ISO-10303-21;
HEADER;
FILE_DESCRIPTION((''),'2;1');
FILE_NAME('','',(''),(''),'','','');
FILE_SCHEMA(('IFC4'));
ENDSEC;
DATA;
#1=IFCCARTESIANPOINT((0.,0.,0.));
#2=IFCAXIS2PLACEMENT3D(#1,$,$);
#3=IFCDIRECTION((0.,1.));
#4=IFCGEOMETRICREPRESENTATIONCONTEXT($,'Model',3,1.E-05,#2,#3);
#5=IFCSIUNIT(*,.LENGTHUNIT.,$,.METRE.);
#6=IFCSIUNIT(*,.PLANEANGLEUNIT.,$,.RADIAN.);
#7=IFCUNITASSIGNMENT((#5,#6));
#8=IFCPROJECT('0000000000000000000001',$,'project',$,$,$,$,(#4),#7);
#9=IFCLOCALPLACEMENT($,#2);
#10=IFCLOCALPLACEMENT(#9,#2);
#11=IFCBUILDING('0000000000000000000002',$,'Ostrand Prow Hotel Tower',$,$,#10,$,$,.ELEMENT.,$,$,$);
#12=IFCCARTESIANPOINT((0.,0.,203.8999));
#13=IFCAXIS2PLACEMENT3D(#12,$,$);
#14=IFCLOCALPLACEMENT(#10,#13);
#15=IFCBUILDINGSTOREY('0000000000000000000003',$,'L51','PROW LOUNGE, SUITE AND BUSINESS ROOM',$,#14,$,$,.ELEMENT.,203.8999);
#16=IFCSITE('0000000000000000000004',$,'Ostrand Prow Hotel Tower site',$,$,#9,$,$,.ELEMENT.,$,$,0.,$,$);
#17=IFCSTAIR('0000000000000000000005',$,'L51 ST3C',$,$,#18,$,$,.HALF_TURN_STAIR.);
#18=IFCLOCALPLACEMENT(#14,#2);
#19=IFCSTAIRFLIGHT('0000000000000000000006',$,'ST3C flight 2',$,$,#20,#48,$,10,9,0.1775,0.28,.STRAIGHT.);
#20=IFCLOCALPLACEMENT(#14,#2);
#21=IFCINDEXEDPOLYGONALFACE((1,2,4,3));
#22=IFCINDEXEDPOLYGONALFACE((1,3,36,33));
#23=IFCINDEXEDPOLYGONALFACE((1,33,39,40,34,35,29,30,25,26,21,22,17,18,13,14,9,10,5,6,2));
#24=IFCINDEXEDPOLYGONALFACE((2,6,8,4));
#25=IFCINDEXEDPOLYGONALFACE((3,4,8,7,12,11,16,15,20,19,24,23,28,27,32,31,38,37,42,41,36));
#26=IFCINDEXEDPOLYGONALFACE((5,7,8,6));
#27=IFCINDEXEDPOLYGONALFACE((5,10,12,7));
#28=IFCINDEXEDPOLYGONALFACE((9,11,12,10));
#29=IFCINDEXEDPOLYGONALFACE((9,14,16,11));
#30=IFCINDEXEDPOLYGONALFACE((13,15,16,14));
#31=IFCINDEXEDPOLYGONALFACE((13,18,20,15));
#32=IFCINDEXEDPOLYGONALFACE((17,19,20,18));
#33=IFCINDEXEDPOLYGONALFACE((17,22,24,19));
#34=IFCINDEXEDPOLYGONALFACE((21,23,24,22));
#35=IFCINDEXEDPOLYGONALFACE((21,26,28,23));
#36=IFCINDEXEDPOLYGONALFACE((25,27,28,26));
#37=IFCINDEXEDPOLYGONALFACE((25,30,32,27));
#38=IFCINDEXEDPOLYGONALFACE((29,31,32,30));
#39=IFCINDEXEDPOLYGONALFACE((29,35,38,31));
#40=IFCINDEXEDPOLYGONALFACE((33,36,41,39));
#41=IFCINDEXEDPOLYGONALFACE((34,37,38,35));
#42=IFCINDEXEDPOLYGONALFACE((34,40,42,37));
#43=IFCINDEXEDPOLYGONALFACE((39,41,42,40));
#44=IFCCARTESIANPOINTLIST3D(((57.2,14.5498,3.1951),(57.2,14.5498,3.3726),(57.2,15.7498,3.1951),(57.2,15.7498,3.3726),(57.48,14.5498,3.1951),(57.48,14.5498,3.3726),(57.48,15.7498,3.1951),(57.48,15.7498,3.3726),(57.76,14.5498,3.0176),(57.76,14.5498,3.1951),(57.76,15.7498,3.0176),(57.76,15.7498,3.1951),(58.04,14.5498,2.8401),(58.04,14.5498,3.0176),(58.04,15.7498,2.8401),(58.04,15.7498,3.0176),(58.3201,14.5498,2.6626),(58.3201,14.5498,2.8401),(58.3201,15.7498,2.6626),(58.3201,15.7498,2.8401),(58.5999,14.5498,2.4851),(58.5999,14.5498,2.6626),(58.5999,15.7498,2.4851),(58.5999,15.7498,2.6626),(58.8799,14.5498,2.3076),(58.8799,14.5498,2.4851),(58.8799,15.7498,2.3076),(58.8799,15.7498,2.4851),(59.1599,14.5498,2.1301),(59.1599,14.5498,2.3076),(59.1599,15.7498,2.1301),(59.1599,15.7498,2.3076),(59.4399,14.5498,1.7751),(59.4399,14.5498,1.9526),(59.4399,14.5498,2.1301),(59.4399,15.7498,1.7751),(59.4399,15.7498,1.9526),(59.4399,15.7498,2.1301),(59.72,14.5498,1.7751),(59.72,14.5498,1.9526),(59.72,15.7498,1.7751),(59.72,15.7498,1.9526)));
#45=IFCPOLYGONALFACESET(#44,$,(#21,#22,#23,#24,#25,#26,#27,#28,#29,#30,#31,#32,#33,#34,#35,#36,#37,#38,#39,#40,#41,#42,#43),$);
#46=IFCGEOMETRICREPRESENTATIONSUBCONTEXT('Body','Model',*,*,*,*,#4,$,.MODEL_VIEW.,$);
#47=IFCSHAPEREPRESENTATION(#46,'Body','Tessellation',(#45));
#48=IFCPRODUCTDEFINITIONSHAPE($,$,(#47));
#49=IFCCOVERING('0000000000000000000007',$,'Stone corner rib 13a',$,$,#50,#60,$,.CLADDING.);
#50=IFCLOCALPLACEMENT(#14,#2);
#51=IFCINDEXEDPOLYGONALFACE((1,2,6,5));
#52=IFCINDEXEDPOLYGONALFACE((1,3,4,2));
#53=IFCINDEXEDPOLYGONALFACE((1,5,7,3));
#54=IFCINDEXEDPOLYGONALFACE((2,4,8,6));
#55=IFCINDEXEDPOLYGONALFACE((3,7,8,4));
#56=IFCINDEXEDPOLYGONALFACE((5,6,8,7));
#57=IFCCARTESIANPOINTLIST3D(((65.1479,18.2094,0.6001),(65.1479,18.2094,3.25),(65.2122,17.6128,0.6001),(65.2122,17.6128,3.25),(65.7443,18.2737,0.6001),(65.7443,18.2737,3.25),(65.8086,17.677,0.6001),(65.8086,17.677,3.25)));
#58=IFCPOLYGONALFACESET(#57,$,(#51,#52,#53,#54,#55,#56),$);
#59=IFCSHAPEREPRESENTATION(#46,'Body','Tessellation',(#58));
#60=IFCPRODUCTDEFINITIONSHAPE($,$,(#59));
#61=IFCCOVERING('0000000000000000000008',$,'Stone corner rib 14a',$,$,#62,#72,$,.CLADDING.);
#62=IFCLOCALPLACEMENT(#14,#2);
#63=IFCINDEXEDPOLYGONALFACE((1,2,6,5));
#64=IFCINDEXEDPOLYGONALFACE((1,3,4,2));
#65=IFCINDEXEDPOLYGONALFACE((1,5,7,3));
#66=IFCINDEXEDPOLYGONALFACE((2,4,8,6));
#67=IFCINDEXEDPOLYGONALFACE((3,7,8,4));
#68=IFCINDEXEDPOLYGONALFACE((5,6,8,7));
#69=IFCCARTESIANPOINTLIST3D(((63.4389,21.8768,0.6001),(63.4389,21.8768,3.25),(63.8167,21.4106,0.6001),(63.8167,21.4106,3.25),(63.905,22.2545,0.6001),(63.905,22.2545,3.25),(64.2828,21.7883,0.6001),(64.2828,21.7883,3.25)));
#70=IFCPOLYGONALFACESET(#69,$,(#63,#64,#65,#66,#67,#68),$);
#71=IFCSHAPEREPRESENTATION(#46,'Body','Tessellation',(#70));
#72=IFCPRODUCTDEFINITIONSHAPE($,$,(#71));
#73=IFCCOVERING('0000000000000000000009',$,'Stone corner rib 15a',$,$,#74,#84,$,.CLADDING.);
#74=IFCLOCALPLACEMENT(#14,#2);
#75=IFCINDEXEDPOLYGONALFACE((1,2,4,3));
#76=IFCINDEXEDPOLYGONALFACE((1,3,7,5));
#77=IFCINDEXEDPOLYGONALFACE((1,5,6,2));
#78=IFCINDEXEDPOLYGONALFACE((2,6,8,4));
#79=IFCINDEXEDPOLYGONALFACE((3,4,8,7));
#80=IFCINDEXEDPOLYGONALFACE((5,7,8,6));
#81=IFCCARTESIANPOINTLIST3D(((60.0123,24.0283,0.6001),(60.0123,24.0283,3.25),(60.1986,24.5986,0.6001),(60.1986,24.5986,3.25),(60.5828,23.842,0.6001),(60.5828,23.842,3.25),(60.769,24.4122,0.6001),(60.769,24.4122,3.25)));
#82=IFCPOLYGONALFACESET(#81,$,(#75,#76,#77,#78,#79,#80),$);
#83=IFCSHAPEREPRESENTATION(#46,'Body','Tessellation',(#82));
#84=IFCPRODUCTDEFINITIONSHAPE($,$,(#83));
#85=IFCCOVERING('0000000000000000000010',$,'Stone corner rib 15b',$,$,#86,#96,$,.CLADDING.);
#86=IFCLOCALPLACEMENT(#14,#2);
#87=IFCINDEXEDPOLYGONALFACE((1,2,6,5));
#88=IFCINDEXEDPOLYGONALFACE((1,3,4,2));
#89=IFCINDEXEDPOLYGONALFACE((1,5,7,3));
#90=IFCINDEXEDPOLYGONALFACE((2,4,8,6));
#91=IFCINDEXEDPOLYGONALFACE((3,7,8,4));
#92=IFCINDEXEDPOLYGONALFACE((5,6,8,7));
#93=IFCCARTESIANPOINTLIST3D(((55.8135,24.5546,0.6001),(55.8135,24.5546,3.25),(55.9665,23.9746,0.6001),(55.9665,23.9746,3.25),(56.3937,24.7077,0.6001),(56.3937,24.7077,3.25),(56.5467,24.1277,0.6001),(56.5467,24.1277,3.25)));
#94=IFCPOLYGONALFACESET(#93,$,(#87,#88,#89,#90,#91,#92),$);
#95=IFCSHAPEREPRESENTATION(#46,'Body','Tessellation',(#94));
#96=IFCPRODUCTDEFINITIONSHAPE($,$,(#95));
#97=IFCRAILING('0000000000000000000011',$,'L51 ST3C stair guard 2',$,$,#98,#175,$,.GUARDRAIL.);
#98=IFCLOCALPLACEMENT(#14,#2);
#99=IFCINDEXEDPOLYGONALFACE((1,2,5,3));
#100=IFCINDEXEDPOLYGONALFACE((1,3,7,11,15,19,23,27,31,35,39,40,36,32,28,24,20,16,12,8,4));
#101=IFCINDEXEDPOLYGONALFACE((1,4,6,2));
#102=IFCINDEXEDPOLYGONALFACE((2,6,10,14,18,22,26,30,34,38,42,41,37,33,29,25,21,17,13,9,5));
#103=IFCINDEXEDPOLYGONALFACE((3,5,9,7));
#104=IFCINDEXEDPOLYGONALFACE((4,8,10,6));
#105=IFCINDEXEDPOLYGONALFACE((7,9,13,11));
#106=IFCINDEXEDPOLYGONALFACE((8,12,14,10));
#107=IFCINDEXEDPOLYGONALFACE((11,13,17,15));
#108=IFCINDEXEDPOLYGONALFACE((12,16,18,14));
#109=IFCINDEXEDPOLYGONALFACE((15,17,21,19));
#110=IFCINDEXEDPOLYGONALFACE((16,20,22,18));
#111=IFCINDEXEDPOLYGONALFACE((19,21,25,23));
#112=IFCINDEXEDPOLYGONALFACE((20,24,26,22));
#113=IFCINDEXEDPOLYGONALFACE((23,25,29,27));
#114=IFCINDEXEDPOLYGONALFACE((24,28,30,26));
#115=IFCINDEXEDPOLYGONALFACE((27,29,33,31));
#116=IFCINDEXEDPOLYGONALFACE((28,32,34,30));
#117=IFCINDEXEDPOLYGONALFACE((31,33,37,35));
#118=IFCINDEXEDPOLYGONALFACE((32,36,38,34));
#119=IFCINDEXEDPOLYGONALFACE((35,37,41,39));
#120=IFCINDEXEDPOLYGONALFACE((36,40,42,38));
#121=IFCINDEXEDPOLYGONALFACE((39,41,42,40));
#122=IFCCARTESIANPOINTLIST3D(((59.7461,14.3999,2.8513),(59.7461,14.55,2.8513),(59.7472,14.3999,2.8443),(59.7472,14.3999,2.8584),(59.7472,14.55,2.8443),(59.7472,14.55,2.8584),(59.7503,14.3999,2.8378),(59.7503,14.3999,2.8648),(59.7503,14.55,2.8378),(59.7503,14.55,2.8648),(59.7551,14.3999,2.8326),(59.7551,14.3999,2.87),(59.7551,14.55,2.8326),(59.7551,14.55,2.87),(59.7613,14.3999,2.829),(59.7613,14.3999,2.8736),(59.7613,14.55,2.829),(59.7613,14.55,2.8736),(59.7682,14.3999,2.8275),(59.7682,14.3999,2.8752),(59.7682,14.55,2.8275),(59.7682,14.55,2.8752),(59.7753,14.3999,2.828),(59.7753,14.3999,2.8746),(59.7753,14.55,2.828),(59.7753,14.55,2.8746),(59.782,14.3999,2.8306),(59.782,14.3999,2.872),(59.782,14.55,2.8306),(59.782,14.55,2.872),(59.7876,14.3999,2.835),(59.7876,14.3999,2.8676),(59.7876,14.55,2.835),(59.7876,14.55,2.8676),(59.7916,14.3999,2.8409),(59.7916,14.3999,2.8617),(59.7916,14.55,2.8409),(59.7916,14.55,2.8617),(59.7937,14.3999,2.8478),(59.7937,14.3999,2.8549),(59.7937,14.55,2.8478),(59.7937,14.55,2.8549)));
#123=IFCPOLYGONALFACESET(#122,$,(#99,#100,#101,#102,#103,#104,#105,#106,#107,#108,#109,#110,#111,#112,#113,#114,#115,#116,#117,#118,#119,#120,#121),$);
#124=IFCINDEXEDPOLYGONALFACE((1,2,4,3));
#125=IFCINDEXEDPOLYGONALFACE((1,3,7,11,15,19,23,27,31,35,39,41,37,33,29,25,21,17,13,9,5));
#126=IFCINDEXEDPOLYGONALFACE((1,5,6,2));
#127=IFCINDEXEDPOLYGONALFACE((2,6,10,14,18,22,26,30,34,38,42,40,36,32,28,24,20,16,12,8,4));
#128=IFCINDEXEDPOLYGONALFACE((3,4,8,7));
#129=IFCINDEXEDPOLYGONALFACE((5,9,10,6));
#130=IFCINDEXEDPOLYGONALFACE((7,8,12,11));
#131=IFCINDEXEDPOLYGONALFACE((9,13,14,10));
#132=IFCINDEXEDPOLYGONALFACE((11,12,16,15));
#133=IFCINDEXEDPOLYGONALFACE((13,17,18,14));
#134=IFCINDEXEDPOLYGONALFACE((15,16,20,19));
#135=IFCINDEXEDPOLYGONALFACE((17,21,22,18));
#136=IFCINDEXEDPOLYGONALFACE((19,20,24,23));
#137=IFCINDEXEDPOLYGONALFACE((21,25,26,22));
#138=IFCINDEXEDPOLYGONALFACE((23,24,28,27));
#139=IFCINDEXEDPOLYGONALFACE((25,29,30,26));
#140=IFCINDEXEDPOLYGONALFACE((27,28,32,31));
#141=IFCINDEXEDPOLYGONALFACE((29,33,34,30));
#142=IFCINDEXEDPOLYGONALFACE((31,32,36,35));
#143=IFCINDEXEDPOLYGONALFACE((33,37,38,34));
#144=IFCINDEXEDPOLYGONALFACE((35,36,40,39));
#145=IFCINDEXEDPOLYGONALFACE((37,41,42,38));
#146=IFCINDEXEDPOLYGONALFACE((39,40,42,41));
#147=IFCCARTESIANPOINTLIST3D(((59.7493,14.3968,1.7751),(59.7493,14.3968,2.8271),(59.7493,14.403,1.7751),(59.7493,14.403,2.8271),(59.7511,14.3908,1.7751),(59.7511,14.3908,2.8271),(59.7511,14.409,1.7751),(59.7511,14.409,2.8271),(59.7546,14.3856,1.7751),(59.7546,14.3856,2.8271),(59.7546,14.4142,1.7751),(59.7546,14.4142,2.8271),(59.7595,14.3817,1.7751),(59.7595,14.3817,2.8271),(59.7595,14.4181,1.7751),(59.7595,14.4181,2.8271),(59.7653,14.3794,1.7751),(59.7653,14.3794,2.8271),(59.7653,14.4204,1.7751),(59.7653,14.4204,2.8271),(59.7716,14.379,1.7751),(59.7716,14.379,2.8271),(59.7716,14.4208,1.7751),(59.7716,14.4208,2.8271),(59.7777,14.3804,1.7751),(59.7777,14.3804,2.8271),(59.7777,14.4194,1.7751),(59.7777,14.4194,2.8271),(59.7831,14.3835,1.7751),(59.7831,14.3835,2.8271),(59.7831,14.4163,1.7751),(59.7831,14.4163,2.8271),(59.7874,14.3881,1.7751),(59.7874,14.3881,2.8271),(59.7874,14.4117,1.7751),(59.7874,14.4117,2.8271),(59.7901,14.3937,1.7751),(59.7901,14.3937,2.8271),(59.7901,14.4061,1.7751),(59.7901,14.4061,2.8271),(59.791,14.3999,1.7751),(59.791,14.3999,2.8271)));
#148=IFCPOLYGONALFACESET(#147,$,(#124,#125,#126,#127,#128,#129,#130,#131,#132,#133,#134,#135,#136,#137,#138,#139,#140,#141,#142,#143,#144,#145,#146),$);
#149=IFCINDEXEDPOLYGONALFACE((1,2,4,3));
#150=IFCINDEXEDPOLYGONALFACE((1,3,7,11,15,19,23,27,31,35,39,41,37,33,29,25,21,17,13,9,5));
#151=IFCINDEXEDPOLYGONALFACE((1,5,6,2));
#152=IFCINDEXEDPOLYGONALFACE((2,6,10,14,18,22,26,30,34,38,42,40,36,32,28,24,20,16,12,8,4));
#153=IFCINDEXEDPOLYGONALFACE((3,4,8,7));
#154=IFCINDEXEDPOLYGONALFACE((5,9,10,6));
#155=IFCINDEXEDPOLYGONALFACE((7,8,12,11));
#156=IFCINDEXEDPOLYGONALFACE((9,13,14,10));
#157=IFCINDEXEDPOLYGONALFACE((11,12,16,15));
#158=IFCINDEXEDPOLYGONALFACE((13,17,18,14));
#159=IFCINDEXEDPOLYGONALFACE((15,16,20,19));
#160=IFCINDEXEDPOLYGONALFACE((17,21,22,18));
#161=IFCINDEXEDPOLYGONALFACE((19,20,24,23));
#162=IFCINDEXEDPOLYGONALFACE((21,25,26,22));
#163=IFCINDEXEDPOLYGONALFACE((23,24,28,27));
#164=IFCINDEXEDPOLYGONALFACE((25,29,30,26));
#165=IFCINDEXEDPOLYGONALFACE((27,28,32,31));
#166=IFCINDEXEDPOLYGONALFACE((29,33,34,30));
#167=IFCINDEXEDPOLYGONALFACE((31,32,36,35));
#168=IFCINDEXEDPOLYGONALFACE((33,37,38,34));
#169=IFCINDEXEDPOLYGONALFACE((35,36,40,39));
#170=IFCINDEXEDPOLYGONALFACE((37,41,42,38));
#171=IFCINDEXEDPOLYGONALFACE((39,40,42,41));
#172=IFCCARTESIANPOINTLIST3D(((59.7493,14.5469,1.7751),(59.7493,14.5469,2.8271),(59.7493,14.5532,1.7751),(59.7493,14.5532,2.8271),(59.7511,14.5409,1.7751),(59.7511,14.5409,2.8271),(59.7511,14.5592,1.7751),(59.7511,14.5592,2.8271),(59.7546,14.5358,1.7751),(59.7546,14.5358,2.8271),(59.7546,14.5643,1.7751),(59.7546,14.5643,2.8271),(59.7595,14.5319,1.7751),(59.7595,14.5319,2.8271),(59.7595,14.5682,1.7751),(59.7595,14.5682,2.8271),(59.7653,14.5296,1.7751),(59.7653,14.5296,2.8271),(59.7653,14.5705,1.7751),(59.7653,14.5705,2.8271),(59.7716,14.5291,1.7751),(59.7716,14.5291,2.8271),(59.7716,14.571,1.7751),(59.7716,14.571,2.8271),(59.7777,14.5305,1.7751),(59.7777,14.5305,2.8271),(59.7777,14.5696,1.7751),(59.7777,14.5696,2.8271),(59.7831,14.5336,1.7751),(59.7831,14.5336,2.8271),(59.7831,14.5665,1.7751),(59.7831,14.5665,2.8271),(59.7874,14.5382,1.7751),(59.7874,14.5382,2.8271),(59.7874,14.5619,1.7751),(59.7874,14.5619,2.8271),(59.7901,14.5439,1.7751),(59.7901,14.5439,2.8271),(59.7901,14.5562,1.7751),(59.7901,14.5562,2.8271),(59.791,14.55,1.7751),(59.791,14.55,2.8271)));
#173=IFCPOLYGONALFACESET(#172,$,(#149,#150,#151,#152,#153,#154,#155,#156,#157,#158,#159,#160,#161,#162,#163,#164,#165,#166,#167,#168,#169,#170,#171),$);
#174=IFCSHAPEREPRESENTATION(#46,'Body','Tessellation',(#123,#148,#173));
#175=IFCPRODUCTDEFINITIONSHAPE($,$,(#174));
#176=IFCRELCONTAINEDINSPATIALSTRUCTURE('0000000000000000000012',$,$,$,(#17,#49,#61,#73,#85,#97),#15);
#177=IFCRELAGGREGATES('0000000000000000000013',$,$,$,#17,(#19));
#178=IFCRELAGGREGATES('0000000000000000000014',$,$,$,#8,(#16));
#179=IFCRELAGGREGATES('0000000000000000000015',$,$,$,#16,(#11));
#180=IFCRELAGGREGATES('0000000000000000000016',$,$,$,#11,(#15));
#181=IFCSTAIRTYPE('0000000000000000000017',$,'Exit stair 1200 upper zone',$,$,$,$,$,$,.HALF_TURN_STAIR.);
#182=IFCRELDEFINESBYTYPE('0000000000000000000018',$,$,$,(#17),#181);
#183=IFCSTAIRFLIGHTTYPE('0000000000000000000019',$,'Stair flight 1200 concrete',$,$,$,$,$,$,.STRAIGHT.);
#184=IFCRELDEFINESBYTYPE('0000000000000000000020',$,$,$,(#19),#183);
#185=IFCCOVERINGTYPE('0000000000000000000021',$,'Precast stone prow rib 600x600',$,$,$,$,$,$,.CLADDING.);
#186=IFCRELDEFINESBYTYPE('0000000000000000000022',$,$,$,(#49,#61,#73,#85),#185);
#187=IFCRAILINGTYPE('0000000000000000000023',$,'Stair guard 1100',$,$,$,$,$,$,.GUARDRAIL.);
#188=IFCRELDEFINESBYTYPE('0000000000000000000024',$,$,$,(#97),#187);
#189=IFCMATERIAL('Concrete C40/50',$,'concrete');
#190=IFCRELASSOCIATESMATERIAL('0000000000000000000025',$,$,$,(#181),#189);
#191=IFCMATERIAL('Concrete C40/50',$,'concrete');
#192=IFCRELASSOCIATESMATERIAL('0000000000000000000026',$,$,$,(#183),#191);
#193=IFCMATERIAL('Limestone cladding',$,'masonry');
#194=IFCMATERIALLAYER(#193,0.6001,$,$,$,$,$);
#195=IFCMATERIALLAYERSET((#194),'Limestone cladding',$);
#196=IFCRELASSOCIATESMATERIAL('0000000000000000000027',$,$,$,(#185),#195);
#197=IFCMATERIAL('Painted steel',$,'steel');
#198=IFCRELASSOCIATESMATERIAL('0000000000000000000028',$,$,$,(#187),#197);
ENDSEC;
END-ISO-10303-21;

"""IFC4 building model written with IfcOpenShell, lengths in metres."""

from ifc_helpers import new_model, si_unit, direction, frame, frame_2d, origin, origin_2d, place, context, subcontext, project, spatial, polyline, rectangle, circle, outline, extrude, material, layer, layer_set, type_object, element, aggregate, save


model = new_model("IFC4")

# Units and contexts
model_context = context("Model", 3, precision=1e-05, world=origin(), true_north=direction((0.0, 1.0)))
body_context = subcontext(model_context, "Body", "Model", "MODEL_VIEW")
ifc_project = project(units=[si_unit("LENGTHUNIT", "METRE"), si_unit("PLANEANGLEUNIT", "RADIAN")], contexts=[model_context])

# Site, building, storey
site_placement = place(None, origin())
site = spatial("IfcSite", under=ifc_project, at=site_placement, Name="Ostrand Prow Hotel Tower site", CompositionType="ELEMENT", RefElevation=0.0)
building_placement = place(site_placement, origin())
building = spatial("IfcBuilding", under=site, at=building_placement, Name="Ostrand Prow Hotel Tower", CompositionType="ELEMENT")
storey_placement = place(building_placement, frame((0.0, 0.0, 203.8999)))
storey = spatial("IfcBuildingStorey", under=building, at=storey_placement, Name="L51", Description="PROW LOUNGE, SUITE AND BUSINESS ROOM", CompositionType="ELEMENT", Elevation=203.8999)

# Stair, stair flight
ifc_material_1 = material(Name="Concrete C40/50", Category="concrete")
stair_type = type_object("IfcStairType", Name="Exit stair 1200 upper zone", PredefinedType="HALF_TURN_STAIR", material=ifc_material_1)
stair_placement = place(storey_placement, origin())
stair = element("IfcStair", 1, at=stair_placement, inside=storey, type_object=stair_type, Name="L51 ST3C", PredefinedType="HALF_TURN_STAIR")
ifc_material_2 = material(Name="Concrete C40/50", Category="concrete")
stair_flight_type = type_object("IfcStairFlightType", Name="Stair flight 1200 concrete", PredefinedType="STRAIGHT", material=ifc_material_2)
stair_flight_placement = place(storey_placement, frame((59.72, 15.1499, 1.7751), z_axis=(0.0, 0.0, 1.0), x_axis=(-1.0, 0.0, 0.0)))
stair_flight = element("IfcStairFlight", 2, at=stair_flight_placement, type_object=stair_flight_type, Name="ST3C flight 2", NumberOfRisers=10, NumberOfTreads=9, PredefinedType="STRAIGHT", RiserHeight=0.1775, TreadLength=0.28, context=body_context, shape_type="SweptSolid", body=[
    extrude(outline(polyline([(0.0, 0.0), (0.0, 0.1775), (0.28, 0.1775), (0.28, 0.355), (0.5601, 0.355), (0.5601, 0.5325), (0.8401, 0.5325), (0.8401, 0.71), (1.1201, 0.71), (1.1201, 0.8875), (1.3999, 0.8875), (1.3999, 1.0649), (1.6799, 1.0649), (1.6799, 1.2424), (1.96, 1.2424), (1.96, 1.4199), (2.24, 1.4199), (2.24, 1.5974), (2.52, 1.5974), (2.52, 1.7749), (2.52, 1.4199), (0.28, 0.0), (0.0, 0.0)])), frame((0.0, 0.6001, 0.0), z_axis=(0.0, -1.0, 0.0), x_axis=(1.0, 0.0, 0.0)), (0.0, 0.0, 1.0), 1.2),
])
aggregate(stair, [stair_flight])

# Coverings
ifc_material_3 = material(Name="Limestone cladding", Category="masonry")
ifc_layer_1 = layer(ifc_material_3, 0.6001)
ifc_layer_set_1 = layer_set([ifc_layer_1], Name="Limestone cladding")
covering_type = type_object("IfcCoveringType", Name="Precast stone prow rib 600x600", PredefinedType="CLADDING", material=ifc_layer_set_1)
for number, where, z_axis, x_axis, name in (
    (3, (65.1802, 17.9111, 0.6001), (0.0, 0.0, 1.0), (0.994255, 0.107036, 0.0), "Stone corner rib 13a"),
    (4, (63.6279, 21.6438, 0.6001), (0.0, 0.0, 1.0), (0.776923, 0.629596, 0.0), "Stone corner rib 14a"),
    (5, (60.2976, 23.9353, 0.6001), (0.0, 0.0, 1.0), (0.310484, 0.950578, 0.0), "Stone corner rib 15a"),
    (6, (56.2566, 24.0513, 0.6001), (0.0, 0.0, 1.0), (-0.255154, 0.9669, 0.0), "Stone corner rib 15b"),
):
    element("IfcCovering", number, at=place(storey_placement, frame(where, z_axis=z_axis, x_axis=x_axis)), inside=storey, type_object=covering_type, Name=name, PredefinedType="CLADDING", context=body_context, shape_type="SweptSolid", body=[
        extrude(rectangle(XDim=0.5999, YDim=0.6001, at=frame_2d((0.2998, 0.0))), origin(), (0.0, 0.0, 1.0), 2.6499),
    ])

# Railing
ifc_material_4 = material(Name="Painted steel", Category="steel")
railing_type_1 = type_object("IfcRailingType", Name="Stair guard 1100", PredefinedType="GUARDRAIL", material=ifc_material_4)
railing_1_placement = place(storey_placement, frame((59.77, 14.3999, 1.7751)))
element("IfcRailing", 7, at=railing_1_placement, inside=storey, type_object=railing_type_1, Name="L51 ST3C stair guard 2", PredefinedType="GUARDRAIL", context=body_context, shape_type="SweptSolid", body=[
    extrude(circle(Radius=0.0239, at=origin_2d()), frame((0.0, 0.0, 1.0762), z_axis=(0.0, 1.0, 0.0), x_axis=(-1.0, 0.0, 0.0)), (0.0, 0.0, 1.0), 0.1501),
    extrude(circle(Radius=0.021, at=origin_2d()), origin(), (0.0, 0.0, 1.0), 1.052),
    extrude(circle(Radius=0.021, at=origin_2d()), frame((0.0, 0.1501, 0.0)), (0.0, 0.0, 1.0), 1.052),
])

save(model, "model.ifc")
